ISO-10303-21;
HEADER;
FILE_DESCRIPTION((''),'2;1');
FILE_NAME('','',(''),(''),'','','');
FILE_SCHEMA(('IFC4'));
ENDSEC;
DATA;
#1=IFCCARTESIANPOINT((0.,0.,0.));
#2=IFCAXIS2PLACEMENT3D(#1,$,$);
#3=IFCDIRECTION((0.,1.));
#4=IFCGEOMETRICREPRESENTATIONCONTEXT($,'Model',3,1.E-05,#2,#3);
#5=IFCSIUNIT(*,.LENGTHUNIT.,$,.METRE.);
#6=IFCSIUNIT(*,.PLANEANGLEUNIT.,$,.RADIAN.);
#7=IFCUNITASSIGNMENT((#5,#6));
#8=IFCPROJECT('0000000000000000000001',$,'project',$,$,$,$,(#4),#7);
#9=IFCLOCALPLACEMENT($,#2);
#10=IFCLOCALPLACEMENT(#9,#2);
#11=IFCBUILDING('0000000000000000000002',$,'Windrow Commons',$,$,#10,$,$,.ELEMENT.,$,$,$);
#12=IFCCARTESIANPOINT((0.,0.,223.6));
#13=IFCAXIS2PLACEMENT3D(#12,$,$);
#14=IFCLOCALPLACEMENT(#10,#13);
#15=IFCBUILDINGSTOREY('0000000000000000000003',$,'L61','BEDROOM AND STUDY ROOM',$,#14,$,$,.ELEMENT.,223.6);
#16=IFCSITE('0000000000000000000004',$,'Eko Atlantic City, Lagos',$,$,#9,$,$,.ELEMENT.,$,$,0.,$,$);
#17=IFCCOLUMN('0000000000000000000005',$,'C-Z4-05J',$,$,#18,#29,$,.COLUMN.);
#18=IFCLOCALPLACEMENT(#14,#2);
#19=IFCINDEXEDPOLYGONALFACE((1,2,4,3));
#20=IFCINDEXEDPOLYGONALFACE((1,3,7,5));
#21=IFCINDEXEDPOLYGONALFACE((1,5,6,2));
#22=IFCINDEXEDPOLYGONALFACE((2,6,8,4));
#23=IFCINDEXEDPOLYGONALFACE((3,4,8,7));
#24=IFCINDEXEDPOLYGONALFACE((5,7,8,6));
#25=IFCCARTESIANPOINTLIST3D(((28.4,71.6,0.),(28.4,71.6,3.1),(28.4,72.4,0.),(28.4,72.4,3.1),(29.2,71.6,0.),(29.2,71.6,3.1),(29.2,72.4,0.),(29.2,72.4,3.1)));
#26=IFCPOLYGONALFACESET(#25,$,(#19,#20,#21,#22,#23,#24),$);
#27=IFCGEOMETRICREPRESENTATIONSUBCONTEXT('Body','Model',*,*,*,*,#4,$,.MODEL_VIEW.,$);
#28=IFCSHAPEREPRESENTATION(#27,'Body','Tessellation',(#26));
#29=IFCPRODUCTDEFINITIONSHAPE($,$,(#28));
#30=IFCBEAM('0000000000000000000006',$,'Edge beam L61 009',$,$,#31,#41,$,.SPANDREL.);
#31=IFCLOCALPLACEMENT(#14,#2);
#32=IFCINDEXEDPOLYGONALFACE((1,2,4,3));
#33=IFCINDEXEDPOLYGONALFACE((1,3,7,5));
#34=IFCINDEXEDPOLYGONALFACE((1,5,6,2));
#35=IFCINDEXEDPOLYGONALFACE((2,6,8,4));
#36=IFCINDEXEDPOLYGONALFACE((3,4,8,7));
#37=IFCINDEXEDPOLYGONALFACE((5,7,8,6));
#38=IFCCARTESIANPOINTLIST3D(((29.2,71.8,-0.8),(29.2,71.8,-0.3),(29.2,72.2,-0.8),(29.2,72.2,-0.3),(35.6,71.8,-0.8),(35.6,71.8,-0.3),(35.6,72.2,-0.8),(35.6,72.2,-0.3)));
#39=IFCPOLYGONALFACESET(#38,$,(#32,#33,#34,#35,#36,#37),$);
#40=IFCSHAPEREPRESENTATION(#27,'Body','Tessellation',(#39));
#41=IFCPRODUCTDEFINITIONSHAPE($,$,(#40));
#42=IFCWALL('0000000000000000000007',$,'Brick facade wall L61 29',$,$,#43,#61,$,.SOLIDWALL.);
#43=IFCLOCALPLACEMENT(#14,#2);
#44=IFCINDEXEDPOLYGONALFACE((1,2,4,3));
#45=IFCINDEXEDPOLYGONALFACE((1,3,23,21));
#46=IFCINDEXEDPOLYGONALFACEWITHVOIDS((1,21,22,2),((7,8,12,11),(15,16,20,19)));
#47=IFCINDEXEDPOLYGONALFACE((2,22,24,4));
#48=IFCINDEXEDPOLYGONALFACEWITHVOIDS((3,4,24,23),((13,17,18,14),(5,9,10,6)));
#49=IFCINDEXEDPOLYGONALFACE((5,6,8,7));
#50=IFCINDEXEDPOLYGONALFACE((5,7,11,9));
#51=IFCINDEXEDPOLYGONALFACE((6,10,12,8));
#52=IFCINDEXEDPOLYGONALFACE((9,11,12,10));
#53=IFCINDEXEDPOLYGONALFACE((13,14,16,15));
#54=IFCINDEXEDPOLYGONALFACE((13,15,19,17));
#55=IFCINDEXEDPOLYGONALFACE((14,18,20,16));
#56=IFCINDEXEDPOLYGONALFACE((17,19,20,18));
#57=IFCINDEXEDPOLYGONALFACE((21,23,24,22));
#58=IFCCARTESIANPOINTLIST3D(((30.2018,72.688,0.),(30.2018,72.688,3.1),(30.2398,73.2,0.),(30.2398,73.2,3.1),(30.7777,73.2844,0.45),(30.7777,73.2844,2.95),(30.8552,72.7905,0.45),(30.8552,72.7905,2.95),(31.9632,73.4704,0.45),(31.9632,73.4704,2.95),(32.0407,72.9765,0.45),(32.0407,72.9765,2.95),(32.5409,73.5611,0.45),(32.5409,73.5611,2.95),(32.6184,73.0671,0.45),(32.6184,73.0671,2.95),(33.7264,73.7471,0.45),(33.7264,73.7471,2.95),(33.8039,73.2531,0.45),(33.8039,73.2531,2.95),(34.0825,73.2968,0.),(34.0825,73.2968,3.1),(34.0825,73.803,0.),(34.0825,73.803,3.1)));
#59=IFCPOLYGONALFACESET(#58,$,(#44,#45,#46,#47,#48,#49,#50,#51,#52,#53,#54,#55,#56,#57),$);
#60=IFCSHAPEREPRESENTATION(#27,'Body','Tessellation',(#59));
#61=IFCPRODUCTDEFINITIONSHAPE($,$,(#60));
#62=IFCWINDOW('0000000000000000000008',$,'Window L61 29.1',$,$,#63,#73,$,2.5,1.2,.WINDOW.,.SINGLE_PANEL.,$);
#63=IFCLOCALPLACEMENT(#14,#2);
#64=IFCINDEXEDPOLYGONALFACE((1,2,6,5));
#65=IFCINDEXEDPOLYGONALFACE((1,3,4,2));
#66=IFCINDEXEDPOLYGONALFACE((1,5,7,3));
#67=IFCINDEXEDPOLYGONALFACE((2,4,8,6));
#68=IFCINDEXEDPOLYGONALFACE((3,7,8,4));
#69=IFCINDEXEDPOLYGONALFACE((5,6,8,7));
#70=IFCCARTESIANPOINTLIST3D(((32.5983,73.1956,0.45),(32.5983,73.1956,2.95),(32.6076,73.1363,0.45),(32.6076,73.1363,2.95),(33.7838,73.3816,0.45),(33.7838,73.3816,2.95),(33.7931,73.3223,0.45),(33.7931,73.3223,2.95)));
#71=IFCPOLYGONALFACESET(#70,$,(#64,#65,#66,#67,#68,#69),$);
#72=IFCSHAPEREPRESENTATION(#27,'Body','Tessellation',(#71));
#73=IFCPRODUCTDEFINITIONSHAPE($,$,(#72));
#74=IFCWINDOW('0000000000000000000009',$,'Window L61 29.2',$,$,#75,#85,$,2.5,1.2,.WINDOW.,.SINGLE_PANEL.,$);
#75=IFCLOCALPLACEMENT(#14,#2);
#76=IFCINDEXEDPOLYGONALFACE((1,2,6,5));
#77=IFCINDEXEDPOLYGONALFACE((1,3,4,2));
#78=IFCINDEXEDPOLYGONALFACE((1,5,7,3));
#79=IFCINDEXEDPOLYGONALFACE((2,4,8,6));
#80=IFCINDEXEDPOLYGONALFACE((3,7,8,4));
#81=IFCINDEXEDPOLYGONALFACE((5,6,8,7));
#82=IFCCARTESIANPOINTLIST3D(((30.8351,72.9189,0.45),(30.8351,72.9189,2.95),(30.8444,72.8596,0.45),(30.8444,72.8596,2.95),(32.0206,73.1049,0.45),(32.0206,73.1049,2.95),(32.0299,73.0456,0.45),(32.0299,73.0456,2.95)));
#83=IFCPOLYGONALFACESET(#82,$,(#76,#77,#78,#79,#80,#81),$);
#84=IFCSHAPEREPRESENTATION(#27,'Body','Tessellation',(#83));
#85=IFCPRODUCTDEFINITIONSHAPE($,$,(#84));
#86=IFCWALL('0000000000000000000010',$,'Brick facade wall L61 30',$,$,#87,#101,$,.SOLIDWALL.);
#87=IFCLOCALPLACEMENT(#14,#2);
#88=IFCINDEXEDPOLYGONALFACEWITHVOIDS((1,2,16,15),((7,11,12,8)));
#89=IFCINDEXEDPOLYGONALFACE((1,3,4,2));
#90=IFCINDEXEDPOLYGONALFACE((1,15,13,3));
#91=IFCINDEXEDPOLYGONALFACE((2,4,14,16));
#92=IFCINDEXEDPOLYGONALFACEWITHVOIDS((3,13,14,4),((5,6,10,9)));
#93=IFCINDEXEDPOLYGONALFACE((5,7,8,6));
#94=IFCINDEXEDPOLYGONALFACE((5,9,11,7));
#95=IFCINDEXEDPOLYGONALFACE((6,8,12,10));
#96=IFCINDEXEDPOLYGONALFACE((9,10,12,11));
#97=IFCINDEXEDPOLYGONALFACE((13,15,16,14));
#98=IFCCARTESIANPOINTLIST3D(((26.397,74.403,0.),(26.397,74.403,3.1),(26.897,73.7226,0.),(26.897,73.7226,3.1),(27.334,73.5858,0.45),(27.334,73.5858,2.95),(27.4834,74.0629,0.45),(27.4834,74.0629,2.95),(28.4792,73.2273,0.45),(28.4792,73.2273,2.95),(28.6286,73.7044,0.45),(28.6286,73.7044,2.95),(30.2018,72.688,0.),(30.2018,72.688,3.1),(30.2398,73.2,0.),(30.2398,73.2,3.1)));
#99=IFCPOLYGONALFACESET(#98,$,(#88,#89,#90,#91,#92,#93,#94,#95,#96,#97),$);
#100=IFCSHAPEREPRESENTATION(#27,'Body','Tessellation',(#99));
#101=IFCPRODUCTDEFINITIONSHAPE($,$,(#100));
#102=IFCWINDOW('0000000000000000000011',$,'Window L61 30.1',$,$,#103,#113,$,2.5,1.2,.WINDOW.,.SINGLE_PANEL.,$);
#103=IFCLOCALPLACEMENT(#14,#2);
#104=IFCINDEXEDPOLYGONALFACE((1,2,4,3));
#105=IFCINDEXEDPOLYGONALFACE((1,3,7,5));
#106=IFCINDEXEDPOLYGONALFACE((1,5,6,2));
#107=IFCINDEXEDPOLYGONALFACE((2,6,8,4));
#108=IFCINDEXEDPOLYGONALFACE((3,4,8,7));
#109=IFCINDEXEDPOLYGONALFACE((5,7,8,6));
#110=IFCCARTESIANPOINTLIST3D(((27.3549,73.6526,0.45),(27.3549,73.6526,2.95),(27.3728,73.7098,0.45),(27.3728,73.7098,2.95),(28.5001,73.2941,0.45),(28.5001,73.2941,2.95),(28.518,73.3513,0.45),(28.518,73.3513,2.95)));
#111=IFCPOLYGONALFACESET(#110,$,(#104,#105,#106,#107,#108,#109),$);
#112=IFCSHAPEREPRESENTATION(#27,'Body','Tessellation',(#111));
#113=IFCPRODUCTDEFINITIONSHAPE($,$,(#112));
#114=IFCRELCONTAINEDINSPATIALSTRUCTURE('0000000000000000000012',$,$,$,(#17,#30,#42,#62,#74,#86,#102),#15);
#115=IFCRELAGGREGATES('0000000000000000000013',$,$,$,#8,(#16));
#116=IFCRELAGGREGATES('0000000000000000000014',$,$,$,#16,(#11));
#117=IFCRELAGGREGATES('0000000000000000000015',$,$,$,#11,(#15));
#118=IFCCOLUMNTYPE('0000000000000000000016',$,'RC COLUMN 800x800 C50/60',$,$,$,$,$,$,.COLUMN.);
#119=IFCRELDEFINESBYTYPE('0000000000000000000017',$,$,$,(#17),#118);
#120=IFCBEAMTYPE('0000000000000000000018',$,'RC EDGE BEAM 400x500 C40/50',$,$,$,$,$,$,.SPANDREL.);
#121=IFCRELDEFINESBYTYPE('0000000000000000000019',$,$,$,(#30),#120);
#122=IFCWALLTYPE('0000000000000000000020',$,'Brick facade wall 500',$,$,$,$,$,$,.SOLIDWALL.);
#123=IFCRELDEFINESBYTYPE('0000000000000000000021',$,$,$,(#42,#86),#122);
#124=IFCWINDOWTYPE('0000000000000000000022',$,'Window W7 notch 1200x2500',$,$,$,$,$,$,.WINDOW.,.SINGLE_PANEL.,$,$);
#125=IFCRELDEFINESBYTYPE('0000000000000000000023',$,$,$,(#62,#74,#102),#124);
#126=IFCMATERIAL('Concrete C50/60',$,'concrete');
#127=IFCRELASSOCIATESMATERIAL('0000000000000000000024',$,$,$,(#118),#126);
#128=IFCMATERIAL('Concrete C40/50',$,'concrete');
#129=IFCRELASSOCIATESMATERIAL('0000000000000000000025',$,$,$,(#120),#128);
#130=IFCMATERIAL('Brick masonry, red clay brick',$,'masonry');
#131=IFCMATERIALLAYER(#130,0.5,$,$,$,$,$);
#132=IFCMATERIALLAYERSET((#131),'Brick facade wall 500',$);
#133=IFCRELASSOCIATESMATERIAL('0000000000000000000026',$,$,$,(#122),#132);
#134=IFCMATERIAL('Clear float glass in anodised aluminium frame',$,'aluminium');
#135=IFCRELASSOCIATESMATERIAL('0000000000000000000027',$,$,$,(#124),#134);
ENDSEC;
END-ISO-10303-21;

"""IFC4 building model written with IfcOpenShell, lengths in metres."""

from ifc_helpers import new_model, si_unit, direction, frame, frame_2d, origin, origin_2d, place, context, subcontext, project, spatial, polyline, rectangle, outline, extrude, material, layer, layer_set, material_profile, profile_set, type_object, element, fill, save


model = new_model("IFC4")

# Units and contexts
model_context = context("Model", 3, precision=1e-05, world=origin(), true_north=direction((0.0, 1.0)))
body_context = subcontext(model_context, "Body", "Model", "MODEL_VIEW")
ifc_project = project(units=[si_unit("LENGTHUNIT", "METRE"), si_unit("PLANEANGLEUNIT", "RADIAN")], contexts=[model_context])

# Site, building, storey
site_placement = place(None, origin())
site = spatial("IfcSite", under=ifc_project, at=site_placement, Name="Eko Atlantic City, Lagos", CompositionType="ELEMENT", RefElevation=0.0)
building_placement = place(site_placement, origin())
building = spatial("IfcBuilding", under=site, at=building_placement, Name="Windrow Commons", CompositionType="ELEMENT")
storey_placement = place(building_placement, frame((0.0, 0.0, 223.6)))
storey = spatial("IfcBuildingStorey", under=building, at=storey_placement, Name="L61", Description="BEDROOM AND STUDY ROOM", CompositionType="ELEMENT", Elevation=223.6)

# Column
ifc_material_1 = material(Name="Concrete C50/60", Category="concrete")
ifc_material_profile_1 = material_profile(ifc_material_1, rectangle(XDim=0.8, YDim=0.8, at=origin_2d()))
ifc_profile_set_1 = profile_set([ifc_material_profile_1], Name="Concrete C50/60")
column_type = type_object("IfcColumnType", Name="RC COLUMN 800x800 C50/60", PredefinedType="COLUMN", material=ifc_profile_set_1)
column_placement = place(storey_placement, frame((28.8, 72.0, 0.0), z_axis=(0.0, 0.0, 1.0), x_axis=(1.0, 0.0, 0.0)))
element("IfcColumn", 1, at=column_placement, inside=storey, type_object=column_type, Name="C-Z4-05J", PredefinedType="COLUMN", context=body_context, shape_type="SweptSolid", body=[
    extrude(rectangle(XDim=0.8, YDim=0.8, at=origin_2d()), origin(), (0.0, 0.0, 1.0), 3.1),
])

# Beam
ifc_material_2 = material(Name="Concrete C40/50", Category="concrete")
ifc_material_profile_2 = material_profile(ifc_material_2, rectangle(XDim=0.4, YDim=0.5, at=origin_2d()))
ifc_profile_set_2 = profile_set([ifc_material_profile_2], Name="Concrete C40/50")
beam_type = type_object("IfcBeamType", Name="RC EDGE BEAM 400x500 C40/50", PredefinedType="SPANDREL", material=ifc_profile_set_2)
beam_placement = place(storey_placement, frame((29.2, 72.0, -0.55), z_axis=(1.0, 0.0, 0.0), x_axis=(0.0, 1.0, 0.0)))
element("IfcBeam", 2, at=beam_placement, inside=storey, type_object=beam_type, Name="Edge beam L61 009", PredefinedType="SPANDREL", context=body_context, shape_type="SweptSolid", body=[
    extrude(rectangle(XDim=0.4, YDim=0.5, at=origin_2d()), origin(), (0.0, 0.0, 1.0), 6.4),
])

# Wall, openings, windows
ifc_material_3 = material(Name="Brick masonry, red clay brick", Category="masonry")
ifc_layer_1 = layer(ifc_material_3, 0.5)
ifc_layer_set_1 = layer_set([ifc_layer_1], Name="Brick facade wall 500")
wall_type_1 = type_object("IfcWallType", Name="Brick facade wall 500", PredefinedType="SOLIDWALL", material=ifc_layer_set_1)
wall_1_placement = place(storey_placement, frame((34.0825, 73.5499, 0.0), z_axis=(0.0, 0.0, 1.0), x_axis=(-0.987914, -0.155004, 0.0)))
wall_1 = element("IfcWall", 3, at=wall_1_placement, inside=storey, type_object=wall_type_1, Name="Brick facade wall L61 29", PredefinedType="SOLIDWALL", context=body_context, shape_type="SweptSolid", body=[
    extrude(outline(polyline([(-0.0392, -0.25), (3.8505, -0.25), (3.9674, 0.25), (0.0392, 0.25), (-0.0392, -0.25)])), origin(), (0.0, 0.0, 1.0), 3.1),
])
opening_1_placement = place(wall_1_placement, frame((0.3212, 0.0, 0.45)))
opening_1 = element("IfcOpeningElement", 4, at=opening_1_placement, cuts=wall_1, PredefinedType="OPENING", context=body_context, shape_type="SweptSolid", body=[
    extrude(rectangle(XDim=1.2, YDim=2.5, at=frame_2d((0.6, 1.25))), frame((0.0, 0.26, 0.0), z_axis=(0.0, -1.0, 0.0), x_axis=(1.0, 0.0, 0.0)), (0.0, 0.0, 1.0), 0.52),
])
opening_2_placement = place(wall_1_placement, frame((2.106, 0.0, 0.45)))
opening_2 = element("IfcOpeningElement", 5, at=opening_2_placement, cuts=wall_1, PredefinedType="OPENING", context=body_context, shape_type="SweptSolid", body=[
    extrude(rectangle(XDim=1.2, YDim=2.5, at=frame_2d((0.6, 1.25))), frame((0.0, 0.26, 0.0), z_axis=(0.0, -1.0, 0.0), x_axis=(1.0, 0.0, 0.0)), (0.0, 0.0, 1.0), 0.52),
])
ifc_material_4 = material(Name="Clear float glass in anodised aluminium frame", Category="aluminium")
window_type_1 = type_object("IfcWindowType", Name="Window W7 notch 1200x2500", PartitioningType="SINGLE_PANEL", PredefinedType="WINDOW", material=ifc_material_4)
window_1_placement = place(opening_1_placement, origin())
window_1 = element("IfcWindow", 6, at=window_1_placement, inside=storey, type_object=window_type_1, Name="Window L61 29.1", OverallHeight=2.5, OverallWidth=1.2, PartitioningType="SINGLE_PANEL", PredefinedType="WINDOW", context=body_context, shape_type="SweptSolid", body=[
    extrude(rectangle(XDim=1.2, YDim=2.5, at=frame_2d((0.6, 1.25))), frame((0.0, 0.18, 0.0), z_axis=(0.0, -1.0, 0.0), x_axis=(1.0, 0.0, 0.0)), (0.0, 0.0, 1.0), 0.06),
])
fill(opening_1, window_1)
window_2_placement = place(opening_2_placement, origin())
window_2 = element("IfcWindow", 7, at=window_2_placement, inside=storey, type_object=window_type_1, Name="Window L61 29.2", OverallHeight=2.5, OverallWidth=1.2, PartitioningType="SINGLE_PANEL", PredefinedType="WINDOW", context=body_context, shape_type="SweptSolid", body=[
    extrude(rectangle(XDim=1.2, YDim=2.5, at=frame_2d((0.6, 1.25))), frame((0.0, 0.18, 0.0), z_axis=(0.0, -1.0, 0.0), x_axis=(1.0, 0.0, 0.0)), (0.0, 0.0, 1.0), 0.06),
])
fill(opening_2, window_2)

# Wall, opening, window
wall_2_placement = place(storey_placement, frame((30.2208, 72.944, 0.0), z_axis=(0.0, 0.0, 1.0), x_axis=(-0.954329, 0.298758, 0.0)))
wall_2 = element("IfcWall", 8, at=wall_2_placement, inside=storey, type_object=wall_type_1, Name="Brick facade wall L61 30", PredefinedType="SOLIDWALL", context=body_context, shape_type="SweptSolid", body=[
    extrude(outline(polyline([(0.0584, -0.25), (4.0851, -0.25), (3.4046, 0.25), (-0.0584, 0.25), (0.0584, -0.25)])), origin(), (0.0, 0.0, 1.0), 3.1),
])
opening_3_placement = place(wall_2_placement, frame((1.7467, 0.0, 0.45)))
opening_3 = element("IfcOpeningElement", 9, at=opening_3_placement, cuts=wall_2, PredefinedType="OPENING", context=body_context, shape_type="SweptSolid", body=[
    extrude(rectangle(XDim=1.2, YDim=2.5, at=frame_2d((0.6, 1.25))), frame((0.0, 0.26, 0.0), z_axis=(0.0, -1.0, 0.0), x_axis=(1.0, 0.0, 0.0)), (0.0, 0.0, 1.0), 0.52),
])
window_3_placement = place(opening_3_placement, origin())
window_3 = element("IfcWindow", 10, at=window_3_placement, inside=storey, type_object=window_type_1, Name="Window L61 30.1", OverallHeight=2.5, OverallWidth=1.2, PartitioningType="SINGLE_PANEL", PredefinedType="WINDOW", context=body_context, shape_type="SweptSolid", body=[
    extrude(rectangle(XDim=1.2, YDim=2.5, at=frame_2d((0.6, 1.25))), frame((0.0, 0.18, 0.0), z_axis=(0.0, -1.0, 0.0), x_axis=(1.0, 0.0, 0.0)), (0.0, 0.0, 1.0), 0.06),
])
fill(opening_3, window_3)

save(model, "model.ifc")
